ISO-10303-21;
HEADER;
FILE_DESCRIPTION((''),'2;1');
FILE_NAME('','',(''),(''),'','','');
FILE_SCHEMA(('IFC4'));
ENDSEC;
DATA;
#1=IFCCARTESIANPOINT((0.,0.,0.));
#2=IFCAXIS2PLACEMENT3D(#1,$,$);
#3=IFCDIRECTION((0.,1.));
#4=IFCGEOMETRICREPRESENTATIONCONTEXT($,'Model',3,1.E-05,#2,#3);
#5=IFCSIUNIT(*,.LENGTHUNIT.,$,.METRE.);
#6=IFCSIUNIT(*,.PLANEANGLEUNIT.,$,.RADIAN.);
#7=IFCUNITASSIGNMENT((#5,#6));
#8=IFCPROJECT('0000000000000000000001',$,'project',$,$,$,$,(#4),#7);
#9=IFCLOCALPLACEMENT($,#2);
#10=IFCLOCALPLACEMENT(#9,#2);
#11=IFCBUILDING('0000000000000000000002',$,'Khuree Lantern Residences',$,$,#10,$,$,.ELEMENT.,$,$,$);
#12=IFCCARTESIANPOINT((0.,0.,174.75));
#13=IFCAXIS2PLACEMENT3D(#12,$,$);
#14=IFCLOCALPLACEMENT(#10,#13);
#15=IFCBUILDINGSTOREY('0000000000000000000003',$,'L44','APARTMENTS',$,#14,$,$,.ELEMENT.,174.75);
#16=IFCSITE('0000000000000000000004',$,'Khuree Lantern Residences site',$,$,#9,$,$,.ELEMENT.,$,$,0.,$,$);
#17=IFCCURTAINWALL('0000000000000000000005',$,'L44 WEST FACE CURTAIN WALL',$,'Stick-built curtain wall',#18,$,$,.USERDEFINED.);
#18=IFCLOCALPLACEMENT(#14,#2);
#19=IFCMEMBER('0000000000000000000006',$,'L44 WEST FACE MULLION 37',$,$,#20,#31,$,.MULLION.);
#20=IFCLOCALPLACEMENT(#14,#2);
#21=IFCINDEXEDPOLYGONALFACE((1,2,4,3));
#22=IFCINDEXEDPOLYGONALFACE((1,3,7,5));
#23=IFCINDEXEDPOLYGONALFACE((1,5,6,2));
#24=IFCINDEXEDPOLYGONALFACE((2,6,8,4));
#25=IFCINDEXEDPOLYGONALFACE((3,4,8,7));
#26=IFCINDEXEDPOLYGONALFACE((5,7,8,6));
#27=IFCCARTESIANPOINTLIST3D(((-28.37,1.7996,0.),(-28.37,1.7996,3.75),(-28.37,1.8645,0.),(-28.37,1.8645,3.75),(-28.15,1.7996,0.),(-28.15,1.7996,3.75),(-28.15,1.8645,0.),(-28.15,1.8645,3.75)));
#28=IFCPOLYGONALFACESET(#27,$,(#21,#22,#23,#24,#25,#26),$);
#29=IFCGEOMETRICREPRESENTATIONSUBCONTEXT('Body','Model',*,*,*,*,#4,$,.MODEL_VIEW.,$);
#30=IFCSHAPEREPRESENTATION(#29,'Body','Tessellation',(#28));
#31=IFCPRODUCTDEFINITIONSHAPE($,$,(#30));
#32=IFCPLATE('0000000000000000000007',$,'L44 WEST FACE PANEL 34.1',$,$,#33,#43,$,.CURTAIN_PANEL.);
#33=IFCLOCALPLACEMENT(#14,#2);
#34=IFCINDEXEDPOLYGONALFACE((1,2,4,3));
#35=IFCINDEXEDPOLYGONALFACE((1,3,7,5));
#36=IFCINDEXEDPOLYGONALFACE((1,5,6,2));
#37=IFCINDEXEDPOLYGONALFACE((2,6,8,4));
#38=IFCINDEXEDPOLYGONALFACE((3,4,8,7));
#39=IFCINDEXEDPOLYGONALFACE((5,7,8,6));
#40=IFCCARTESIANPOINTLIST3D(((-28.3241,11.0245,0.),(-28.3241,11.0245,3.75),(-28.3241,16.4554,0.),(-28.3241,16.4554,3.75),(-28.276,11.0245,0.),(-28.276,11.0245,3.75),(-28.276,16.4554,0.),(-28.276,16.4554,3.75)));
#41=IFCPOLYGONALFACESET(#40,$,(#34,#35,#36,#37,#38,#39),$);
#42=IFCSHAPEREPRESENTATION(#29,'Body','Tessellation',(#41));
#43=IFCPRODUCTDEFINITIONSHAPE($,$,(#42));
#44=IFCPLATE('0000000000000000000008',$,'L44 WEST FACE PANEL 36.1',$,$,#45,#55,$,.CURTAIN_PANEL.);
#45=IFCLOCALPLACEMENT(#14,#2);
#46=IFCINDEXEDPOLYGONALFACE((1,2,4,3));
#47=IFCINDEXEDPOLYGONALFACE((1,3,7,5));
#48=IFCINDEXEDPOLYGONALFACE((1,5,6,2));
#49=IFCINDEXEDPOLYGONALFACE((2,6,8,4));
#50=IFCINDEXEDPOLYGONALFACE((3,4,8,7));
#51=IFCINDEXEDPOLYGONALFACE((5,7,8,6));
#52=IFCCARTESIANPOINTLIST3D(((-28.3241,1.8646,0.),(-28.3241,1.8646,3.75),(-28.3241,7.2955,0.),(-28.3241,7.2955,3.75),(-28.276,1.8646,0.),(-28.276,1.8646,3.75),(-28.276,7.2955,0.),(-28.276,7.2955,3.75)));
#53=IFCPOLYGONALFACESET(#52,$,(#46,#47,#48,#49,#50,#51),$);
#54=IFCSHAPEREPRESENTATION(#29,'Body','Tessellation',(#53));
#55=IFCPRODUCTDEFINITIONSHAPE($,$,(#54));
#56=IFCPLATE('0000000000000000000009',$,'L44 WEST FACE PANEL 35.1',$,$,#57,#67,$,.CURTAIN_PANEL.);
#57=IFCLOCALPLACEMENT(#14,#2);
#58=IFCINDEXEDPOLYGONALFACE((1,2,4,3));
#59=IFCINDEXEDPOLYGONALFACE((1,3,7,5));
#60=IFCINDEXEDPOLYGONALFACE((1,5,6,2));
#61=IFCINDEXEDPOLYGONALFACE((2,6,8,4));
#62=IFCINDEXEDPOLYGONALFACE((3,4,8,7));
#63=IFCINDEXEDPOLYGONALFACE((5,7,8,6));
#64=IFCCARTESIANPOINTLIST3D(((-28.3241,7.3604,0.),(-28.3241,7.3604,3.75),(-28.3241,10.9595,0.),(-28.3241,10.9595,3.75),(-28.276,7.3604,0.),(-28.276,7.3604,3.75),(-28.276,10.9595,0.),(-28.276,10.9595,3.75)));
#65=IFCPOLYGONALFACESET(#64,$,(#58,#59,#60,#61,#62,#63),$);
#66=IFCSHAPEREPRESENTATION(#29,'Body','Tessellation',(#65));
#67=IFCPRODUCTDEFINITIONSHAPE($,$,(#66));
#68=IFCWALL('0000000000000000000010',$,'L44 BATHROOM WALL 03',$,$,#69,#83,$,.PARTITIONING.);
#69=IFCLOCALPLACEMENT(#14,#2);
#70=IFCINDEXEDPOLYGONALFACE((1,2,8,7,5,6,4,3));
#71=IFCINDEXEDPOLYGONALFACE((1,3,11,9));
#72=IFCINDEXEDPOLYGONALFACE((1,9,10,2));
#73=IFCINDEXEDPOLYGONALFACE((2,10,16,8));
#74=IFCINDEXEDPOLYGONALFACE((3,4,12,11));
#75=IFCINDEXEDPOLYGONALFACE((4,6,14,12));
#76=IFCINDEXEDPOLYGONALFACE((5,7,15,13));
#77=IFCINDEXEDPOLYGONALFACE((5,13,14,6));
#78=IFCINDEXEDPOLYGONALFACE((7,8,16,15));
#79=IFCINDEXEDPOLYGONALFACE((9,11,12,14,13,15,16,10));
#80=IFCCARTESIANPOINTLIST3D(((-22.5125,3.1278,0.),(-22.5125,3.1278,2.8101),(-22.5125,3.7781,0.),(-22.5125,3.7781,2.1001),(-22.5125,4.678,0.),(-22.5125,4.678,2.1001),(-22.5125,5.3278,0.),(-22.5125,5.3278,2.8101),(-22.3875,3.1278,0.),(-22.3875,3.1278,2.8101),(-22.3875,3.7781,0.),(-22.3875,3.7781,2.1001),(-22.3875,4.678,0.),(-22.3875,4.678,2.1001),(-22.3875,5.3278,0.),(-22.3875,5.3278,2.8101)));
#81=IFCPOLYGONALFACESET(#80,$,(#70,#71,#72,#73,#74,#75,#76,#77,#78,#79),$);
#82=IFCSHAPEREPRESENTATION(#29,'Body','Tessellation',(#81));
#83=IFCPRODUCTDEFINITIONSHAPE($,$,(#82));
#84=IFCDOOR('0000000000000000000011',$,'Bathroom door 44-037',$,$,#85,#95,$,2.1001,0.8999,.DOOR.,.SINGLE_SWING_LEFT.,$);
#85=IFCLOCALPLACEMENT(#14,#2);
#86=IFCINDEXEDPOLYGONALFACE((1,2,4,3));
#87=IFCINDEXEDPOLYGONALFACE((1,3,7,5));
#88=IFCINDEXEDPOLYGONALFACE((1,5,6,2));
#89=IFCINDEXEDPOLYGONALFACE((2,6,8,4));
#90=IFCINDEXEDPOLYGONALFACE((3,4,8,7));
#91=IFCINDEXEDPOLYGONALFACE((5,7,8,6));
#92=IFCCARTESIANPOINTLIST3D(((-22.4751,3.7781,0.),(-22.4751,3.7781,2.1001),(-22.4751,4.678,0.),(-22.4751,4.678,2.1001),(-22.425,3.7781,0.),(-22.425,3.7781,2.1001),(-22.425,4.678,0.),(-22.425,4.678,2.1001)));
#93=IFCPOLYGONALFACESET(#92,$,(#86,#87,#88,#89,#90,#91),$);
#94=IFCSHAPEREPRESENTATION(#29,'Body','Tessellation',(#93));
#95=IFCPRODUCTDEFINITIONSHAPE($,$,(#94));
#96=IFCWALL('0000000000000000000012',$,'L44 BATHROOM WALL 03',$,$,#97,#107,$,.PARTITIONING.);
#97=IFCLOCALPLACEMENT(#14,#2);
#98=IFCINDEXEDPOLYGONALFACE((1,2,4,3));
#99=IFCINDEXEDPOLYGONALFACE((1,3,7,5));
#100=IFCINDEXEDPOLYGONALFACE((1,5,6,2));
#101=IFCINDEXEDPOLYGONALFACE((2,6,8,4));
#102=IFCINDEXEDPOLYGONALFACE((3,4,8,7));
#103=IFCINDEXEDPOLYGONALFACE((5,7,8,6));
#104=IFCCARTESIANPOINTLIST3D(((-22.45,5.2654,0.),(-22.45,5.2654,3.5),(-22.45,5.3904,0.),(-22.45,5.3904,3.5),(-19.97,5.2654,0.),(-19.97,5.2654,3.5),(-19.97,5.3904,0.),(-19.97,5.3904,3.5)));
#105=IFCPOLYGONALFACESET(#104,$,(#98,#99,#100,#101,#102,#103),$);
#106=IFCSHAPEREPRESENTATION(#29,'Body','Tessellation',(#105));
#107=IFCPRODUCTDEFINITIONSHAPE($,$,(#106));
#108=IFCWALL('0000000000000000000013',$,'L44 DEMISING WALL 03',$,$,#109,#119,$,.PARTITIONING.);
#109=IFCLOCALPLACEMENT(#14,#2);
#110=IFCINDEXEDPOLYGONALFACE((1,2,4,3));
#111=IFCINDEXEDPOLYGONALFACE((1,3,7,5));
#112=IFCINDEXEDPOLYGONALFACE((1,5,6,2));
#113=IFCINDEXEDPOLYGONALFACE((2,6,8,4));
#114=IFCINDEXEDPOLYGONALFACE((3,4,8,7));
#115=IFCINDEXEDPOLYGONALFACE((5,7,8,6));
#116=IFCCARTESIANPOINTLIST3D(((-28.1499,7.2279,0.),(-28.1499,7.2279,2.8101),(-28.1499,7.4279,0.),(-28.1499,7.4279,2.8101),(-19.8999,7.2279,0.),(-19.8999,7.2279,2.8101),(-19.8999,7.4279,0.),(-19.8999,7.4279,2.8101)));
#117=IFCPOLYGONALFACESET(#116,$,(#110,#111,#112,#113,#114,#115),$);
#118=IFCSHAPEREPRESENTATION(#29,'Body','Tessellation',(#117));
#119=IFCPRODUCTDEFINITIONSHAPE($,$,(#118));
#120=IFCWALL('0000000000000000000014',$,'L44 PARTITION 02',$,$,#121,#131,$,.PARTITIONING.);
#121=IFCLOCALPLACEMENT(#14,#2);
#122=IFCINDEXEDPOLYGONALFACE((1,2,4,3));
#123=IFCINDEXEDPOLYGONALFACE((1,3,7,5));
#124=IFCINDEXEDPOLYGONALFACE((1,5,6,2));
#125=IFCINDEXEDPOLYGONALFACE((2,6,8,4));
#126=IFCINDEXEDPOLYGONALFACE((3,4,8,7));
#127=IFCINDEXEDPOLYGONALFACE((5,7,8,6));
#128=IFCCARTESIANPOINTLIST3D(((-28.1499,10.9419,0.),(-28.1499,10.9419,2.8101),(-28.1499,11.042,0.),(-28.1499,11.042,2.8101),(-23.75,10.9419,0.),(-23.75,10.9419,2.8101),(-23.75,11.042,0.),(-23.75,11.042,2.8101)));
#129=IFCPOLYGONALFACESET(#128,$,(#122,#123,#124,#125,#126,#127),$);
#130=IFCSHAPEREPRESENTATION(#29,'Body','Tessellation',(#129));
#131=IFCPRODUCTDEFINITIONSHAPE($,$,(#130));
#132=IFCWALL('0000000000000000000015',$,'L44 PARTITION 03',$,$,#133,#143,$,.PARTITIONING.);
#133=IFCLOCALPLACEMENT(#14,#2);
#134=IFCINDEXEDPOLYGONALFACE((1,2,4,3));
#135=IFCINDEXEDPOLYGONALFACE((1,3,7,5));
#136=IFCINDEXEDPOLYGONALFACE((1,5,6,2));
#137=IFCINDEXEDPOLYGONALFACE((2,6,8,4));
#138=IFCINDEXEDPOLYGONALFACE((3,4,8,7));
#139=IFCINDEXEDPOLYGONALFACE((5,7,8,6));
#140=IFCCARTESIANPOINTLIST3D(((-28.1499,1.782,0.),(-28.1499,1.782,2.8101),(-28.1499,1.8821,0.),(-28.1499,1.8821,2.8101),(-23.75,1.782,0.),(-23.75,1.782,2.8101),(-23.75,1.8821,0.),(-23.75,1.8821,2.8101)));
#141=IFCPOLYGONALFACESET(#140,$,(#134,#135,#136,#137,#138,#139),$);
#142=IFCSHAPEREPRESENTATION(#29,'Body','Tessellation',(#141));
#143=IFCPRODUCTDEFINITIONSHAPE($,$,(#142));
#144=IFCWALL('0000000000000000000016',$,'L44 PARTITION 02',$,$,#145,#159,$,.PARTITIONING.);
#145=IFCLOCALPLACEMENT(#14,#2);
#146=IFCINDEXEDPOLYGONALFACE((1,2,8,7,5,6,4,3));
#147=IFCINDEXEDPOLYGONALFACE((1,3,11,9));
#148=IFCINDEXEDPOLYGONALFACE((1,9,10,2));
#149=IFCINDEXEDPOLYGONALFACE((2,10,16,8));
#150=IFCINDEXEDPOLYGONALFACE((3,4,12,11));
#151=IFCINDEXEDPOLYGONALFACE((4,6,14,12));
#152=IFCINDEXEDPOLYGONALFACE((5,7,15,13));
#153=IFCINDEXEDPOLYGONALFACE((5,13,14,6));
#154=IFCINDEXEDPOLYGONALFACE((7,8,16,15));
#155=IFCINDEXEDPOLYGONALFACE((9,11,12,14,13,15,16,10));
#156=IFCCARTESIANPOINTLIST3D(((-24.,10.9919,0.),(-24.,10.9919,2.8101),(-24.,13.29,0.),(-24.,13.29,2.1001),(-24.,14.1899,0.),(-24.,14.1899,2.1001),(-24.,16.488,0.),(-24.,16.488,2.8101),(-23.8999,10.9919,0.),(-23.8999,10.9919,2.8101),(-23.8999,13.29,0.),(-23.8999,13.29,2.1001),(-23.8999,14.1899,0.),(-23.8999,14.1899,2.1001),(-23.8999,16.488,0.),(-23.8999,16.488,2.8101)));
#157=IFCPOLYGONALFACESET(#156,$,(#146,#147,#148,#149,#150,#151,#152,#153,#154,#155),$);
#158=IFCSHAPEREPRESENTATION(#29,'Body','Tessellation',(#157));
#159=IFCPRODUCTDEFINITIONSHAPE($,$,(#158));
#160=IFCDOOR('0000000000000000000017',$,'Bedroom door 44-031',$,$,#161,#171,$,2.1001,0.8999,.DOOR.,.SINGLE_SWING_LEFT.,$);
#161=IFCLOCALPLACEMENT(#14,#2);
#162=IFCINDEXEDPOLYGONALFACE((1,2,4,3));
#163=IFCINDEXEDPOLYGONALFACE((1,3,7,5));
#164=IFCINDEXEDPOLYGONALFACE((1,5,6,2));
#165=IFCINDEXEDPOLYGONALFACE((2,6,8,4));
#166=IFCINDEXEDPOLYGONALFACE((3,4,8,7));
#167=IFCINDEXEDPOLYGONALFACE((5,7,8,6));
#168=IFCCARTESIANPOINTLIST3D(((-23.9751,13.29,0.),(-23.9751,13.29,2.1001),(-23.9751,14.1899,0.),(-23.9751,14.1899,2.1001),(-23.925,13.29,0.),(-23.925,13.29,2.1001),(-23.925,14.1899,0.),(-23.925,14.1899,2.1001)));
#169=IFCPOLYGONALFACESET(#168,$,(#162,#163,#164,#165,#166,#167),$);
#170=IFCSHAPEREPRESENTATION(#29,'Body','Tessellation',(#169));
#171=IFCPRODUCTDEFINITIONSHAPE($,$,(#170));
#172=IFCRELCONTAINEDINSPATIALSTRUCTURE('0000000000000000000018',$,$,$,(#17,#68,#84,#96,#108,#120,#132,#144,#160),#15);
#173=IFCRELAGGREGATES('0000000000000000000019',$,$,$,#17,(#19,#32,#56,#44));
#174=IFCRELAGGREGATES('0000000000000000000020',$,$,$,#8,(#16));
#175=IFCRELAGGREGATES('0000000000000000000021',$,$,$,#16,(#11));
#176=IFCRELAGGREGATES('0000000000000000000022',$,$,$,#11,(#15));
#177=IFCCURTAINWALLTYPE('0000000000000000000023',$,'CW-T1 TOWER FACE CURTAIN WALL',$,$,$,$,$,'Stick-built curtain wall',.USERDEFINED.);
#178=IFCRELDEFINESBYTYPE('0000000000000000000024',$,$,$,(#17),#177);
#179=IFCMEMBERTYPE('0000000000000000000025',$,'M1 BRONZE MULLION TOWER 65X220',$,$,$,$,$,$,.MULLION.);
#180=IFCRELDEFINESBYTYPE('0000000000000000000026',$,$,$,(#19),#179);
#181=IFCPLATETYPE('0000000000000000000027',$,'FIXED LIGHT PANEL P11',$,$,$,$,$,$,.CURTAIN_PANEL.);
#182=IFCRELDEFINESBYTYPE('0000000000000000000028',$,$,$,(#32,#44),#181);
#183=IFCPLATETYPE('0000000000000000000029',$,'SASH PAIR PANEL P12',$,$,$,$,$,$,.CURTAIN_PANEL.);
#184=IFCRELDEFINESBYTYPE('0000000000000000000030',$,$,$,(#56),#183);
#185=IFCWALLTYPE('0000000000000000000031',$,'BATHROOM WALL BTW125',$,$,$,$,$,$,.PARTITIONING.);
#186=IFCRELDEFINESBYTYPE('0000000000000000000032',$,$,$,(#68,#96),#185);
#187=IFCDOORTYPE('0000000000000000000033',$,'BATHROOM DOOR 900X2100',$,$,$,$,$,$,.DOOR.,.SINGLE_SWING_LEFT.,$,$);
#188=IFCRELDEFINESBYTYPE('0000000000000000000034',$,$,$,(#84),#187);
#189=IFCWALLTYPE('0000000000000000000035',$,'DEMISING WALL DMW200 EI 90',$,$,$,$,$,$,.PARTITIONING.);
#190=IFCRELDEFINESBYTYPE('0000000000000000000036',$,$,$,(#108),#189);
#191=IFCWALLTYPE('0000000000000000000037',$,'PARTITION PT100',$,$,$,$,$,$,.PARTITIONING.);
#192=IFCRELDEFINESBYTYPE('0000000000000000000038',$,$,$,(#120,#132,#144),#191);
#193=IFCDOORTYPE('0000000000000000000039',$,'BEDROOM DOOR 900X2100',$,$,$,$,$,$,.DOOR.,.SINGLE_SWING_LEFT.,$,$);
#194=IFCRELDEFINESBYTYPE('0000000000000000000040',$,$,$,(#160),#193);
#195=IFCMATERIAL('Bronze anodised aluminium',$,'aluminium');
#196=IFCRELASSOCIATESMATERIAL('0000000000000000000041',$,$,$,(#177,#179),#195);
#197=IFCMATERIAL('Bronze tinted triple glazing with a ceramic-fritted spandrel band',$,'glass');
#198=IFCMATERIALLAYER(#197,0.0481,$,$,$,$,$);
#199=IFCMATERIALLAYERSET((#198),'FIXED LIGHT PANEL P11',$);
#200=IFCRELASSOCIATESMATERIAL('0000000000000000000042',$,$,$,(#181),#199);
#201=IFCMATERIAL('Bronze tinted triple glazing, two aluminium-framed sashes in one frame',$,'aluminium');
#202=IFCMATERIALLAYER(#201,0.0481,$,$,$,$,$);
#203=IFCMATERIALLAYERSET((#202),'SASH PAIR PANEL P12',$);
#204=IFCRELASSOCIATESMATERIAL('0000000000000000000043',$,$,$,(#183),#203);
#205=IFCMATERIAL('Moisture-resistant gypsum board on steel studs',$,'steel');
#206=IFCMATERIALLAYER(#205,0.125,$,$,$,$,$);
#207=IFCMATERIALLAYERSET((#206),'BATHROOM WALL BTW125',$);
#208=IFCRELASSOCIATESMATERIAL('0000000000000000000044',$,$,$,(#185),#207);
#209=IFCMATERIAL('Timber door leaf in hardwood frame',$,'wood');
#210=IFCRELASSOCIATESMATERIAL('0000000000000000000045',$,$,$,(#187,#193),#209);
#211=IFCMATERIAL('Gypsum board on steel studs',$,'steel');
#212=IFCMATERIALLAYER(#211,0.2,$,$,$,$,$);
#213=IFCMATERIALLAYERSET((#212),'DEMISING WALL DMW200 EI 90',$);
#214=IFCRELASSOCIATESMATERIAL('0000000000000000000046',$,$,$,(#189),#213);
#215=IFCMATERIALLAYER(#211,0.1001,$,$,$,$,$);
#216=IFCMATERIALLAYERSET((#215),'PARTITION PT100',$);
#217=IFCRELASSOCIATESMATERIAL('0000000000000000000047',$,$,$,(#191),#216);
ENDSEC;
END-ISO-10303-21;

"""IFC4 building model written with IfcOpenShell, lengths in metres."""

from ifc_helpers import new_model, si_unit, direction, frame, frame_2d, origin, origin_2d, place, context, subcontext, project, spatial, rectangle, extrude, material, layer, layer_set, material_profile, profile_set, type_object, element, fill, aggregate, save


model = new_model("IFC4")

# Units and contexts
model_context = context("Model", 3, precision=1e-05, world=origin(), true_north=direction((0.0, 1.0)))
body_context = subcontext(model_context, "Body", "Model", "MODEL_VIEW")
ifc_project = project(units=[si_unit("LENGTHUNIT", "METRE"), si_unit("PLANEANGLEUNIT", "RADIAN")], contexts=[model_context])

# Site, building, storey
site_placement = place(None, origin())
site = spatial("IfcSite", under=ifc_project, at=site_placement, Name="Khuree Lantern Residences site", CompositionType="ELEMENT", RefElevation=0.0)
building_placement = place(site_placement, origin())
building = spatial("IfcBuilding", under=site, at=building_placement, Name="Khuree Lantern Residences", CompositionType="ELEMENT")
storey_placement = place(building_placement, frame((0.0, 0.0, 174.75)))
storey = spatial("IfcBuildingStorey", under=building, at=storey_placement, Name="L44", Description="APARTMENTS", CompositionType="ELEMENT", Elevation=174.75)

# Curtain wall
ifc_material_1 = material(Name="Bronze anodised aluminium", Category="aluminium")
curtain_wall_type = type_object("IfcCurtainWallType", Name="CW-T1 TOWER FACE CURTAIN WALL", ElementType="Stick-built curtain wall", PredefinedType="USERDEFINED", material=ifc_material_1)
curtain_wall_placement = place(storey_placement, origin())
curtain_wall = element("IfcCurtainWall", 1, at=curtain_wall_placement, inside=storey, type_object=curtain_wall_type, Name="L44 WEST FACE CURTAIN WALL", ObjectType="Stick-built curtain wall", PredefinedType="USERDEFINED")

# Member
ifc_material_profile_1 = material_profile(ifc_material_1, rectangle(XDim=0.0649, YDim=0.22, at=origin_2d()), Name="M1 65X220")
ifc_profile_set_1 = profile_set([ifc_material_profile_1], Name="Bronze anodised aluminium")
member_type_1 = type_object("IfcMemberType", Name="M1 BRONZE MULLION TOWER 65X220", PredefinedType="MULLION", material=ifc_profile_set_1)
member_1_placement = place(storey_placement, frame((-28.26, 1.832, 0.0), z_axis=(0.0, 0.0, 1.0), x_axis=(0.0, -1.0, 0.0)))
member_1 = element("IfcMember", 2, at=member_1_placement, type_object=member_type_1, Name="L44 WEST FACE MULLION 37", PredefinedType="MULLION", context=body_context, shape_type="SweptSolid", body=[
    extrude(rectangle(XDim=0.0649, YDim=0.22, at=origin_2d()), origin(), (0.0, 0.0, 1.0), 3.75),
])

# Plates
ifc_material_2 = material(Name="Bronze tinted triple glazing with a ceramic-fritted spandrel band", Category="glass")
ifc_layer_1 = layer(ifc_material_2, 0.0481)
ifc_layer_set_1 = layer_set([ifc_layer_1], Name="FIXED LIGHT PANEL P11")
plate_type_1 = type_object("IfcPlateType", Name="FIXED LIGHT PANEL P11", PredefinedType="CURTAIN_PANEL", material=ifc_layer_set_1)
plate_1_placement = place(storey_placement, frame((-28.3, 13.74, 0.0), z_axis=(0.0, 0.0, 1.0), x_axis=(0.0, -1.0, 0.0)))
plate_1 = element("IfcPlate", 3, at=plate_1_placement, type_object=plate_type_1, Name="L44 WEST FACE PANEL 34.1", PredefinedType="CURTAIN_PANEL", context=body_context, shape_type="SweptSolid", body=[
    extrude(rectangle(XDim=5.4309, YDim=0.0481, at=origin_2d()), origin(), (0.0, 0.0, 1.0), 3.75),
])
plate_2_placement = place(storey_placement, frame((-28.3, 4.5801, 0.0), z_axis=(0.0, 0.0, 1.0), x_axis=(0.0, -1.0, 0.0)))
plate_2 = element("IfcPlate", 4, at=plate_2_placement, type_object=plate_type_1, Name="L44 WEST FACE PANEL 36.1", PredefinedType="CURTAIN_PANEL", context=body_context, shape_type="SweptSolid", body=[
    extrude(rectangle(XDim=5.4309, YDim=0.0481, at=origin_2d()), origin(), (0.0, 0.0, 1.0), 3.75),
])
ifc_material_3 = material(Name="Bronze tinted triple glazing, two aluminium-framed sashes in one frame", Category="aluminium")
ifc_layer_2 = layer(ifc_material_3, 0.0481)
ifc_layer_set_2 = layer_set([ifc_layer_2], Name="SASH PAIR PANEL P12")
plate_type_2 = type_object("IfcPlateType", Name="SASH PAIR PANEL P12", PredefinedType="CURTAIN_PANEL", material=ifc_layer_set_2)
plate_3_placement = place(storey_placement, frame((-28.3, 9.1599, 0.0), z_axis=(0.0, 0.0, 1.0), x_axis=(0.0, -1.0, 0.0)))
plate_3 = element("IfcPlate", 5, at=plate_3_placement, type_object=plate_type_2, Name="L44 WEST FACE PANEL 35.1", PredefinedType="CURTAIN_PANEL", context=body_context, shape_type="SweptSolid", body=[
    extrude(rectangle(XDim=3.5991, YDim=0.0481, at=origin_2d()), origin(), (0.0, 0.0, 1.0), 3.75),
])
aggregate(curtain_wall, [member_1, plate_1, plate_3, plate_2])

# Wall, opening, door
ifc_material_4 = material(Name="Moisture-resistant gypsum board on steel studs", Category="steel")
ifc_layer_3 = layer(ifc_material_4, 0.125)
ifc_layer_set_3 = layer_set([ifc_layer_3], Name="BATHROOM WALL BTW125")
wall_type_1 = type_object("IfcWallType", Name="BATHROOM WALL BTW125", PredefinedType="PARTITIONING", material=ifc_layer_set_3)
wall_1_placement = place(storey_placement, frame((-22.45, 5.3279, 0.0), z_axis=(0.0, 0.0, 1.0), x_axis=(0.0, -1.0, 0.0)))
wall_1 = element("IfcWall", 6, at=wall_1_placement, inside=storey, type_object=wall_type_1, Name="L44 BATHROOM WALL 03", PredefinedType="PARTITIONING", context=body_context, shape_type="SweptSolid", body=[
    extrude(rectangle(XDim=2.2, YDim=0.125, at=frame_2d((1.1001, 0.0))), origin(), (0.0, 0.0, 1.0), 2.8101),
])
opening_1_placement = place(wall_1_placement, frame((0.6499, 0.0, 0.0)))
opening_1 = element("IfcOpeningElement", 7, at=opening_1_placement, cuts=wall_1, PredefinedType="OPENING", context=body_context, shape_type="SweptSolid", body=[
    extrude(rectangle(XDim=0.8999, YDim=2.1001, at=frame_2d((0.45, 1.05))), frame((0.0, 0.0725, 0.0), z_axis=(0.0, -1.0, 0.0), x_axis=(1.0, 0.0, 0.0)), (0.0, 0.0, 1.0), 0.145),
])
ifc_material_5 = material(Name="Timber door leaf in hardwood frame", Category="wood")
door_type_1 = type_object("IfcDoorType", Name="BATHROOM DOOR 900X2100", OperationType="SINGLE_SWING_LEFT", PredefinedType="DOOR", material=ifc_material_5)
door_1_placement = place(opening_1_placement, origin())
door_1 = element("IfcDoor", 8, at=door_1_placement, inside=storey, type_object=door_type_1, Name="Bathroom door 44-037", OperationType="SINGLE_SWING_LEFT", OverallHeight=2.1001, OverallWidth=0.8999, PredefinedType="DOOR", context=body_context, shape_type="SweptSolid", body=[
    extrude(rectangle(XDim=0.8999, YDim=2.1001, at=frame_2d((0.45, 1.05))), frame((0.0, 0.0249, 0.0), z_axis=(0.0, -1.0, 0.0), x_axis=(1.0, 0.0, 0.0)), (0.0, 0.0, 1.0), 0.05),
])
fill(opening_1, door_1)

# Walls
wall_2_placement = place(storey_placement, frame((-19.97, 5.3279, 0.0), z_axis=(0.0, 0.0, 1.0), x_axis=(-1.0, 0.0, 0.0)))
element("IfcWall", 9, at=wall_2_placement, inside=storey, type_object=wall_type_1, Name="L44 BATHROOM WALL 03", PredefinedType="PARTITIONING", context=body_context, shape_type="SweptSolid", body=[
    extrude(rectangle(XDim=2.48, YDim=0.125, at=frame_2d((1.24, 0.0))), origin(), (0.0, 0.0, 1.0), 3.5),
])
ifc_material_6 = material(Name="Gypsum board on steel studs", Category="steel")
ifc_layer_4 = layer(ifc_material_6, 0.2)
ifc_layer_set_4 = layer_set([ifc_layer_4], Name="DEMISING WALL DMW200 EI 90")
wall_type_2 = type_object("IfcWallType", Name="DEMISING WALL DMW200 EI 90", PredefinedType="PARTITIONING", material=ifc_layer_set_4)
wall_3_placement = place(storey_placement, frame((-19.8999, 7.3279, 0.0), z_axis=(0.0, 0.0, 1.0), x_axis=(-1.0, 0.0, 0.0)))
element("IfcWall", 10, at=wall_3_placement, inside=storey, type_object=wall_type_2, Name="L44 DEMISING WALL 03", PredefinedType="PARTITIONING", context=body_context, shape_type="SweptSolid", body=[
    extrude(rectangle(XDim=8.25, YDim=0.2, at=frame_2d((4.125, 0.0))), origin(), (0.0, 0.0, 1.0), 2.8101),
])
ifc_layer_5 = layer(ifc_material_6, 0.1001)
ifc_layer_set_5 = layer_set([ifc_layer_5], Name="PARTITION PT100")
wall_type_3 = type_object("IfcWallType", Name="PARTITION PT100", PredefinedType="PARTITIONING", material=ifc_layer_set_5)
for number, where, z_axis, x_axis, name in (
    (11, (-23.75, 10.9919, 0.0), (0.0, 0.0, 1.0), (-1.0, 0.0, 0.0), "L44 PARTITION 02"),
    (12, (-23.75, 1.832, 0.0), (0.0, 0.0, 1.0), (-1.0, 0.0, 0.0), "L44 PARTITION 03"),
):
    element("IfcWall", number, at=place(storey_placement, frame(where, z_axis=z_axis, x_axis=x_axis)), inside=storey, type_object=wall_type_3, Name=name, PredefinedType="PARTITIONING", context=body_context, shape_type="SweptSolid", body=[
        extrude(rectangle(XDim=4.3999, YDim=0.1001, at=frame_2d((2.2, 0.0))), origin(), (0.0, 0.0, 1.0), 2.8101),
    ])

# Wall, opening, door
wall_4_placement = place(storey_placement, frame((-23.95, 16.488, 0.0), z_axis=(0.0, 0.0, 1.0), x_axis=(0.0, -1.0, 0.0)))
wall_4 = element("IfcWall", 13, at=wall_4_placement, inside=storey, type_object=wall_type_3, Name="L44 PARTITION 02", PredefinedType="PARTITIONING", context=body_context, shape_type="SweptSolid", body=[
    extrude(rectangle(XDim=5.4961, YDim=0.1001, at=frame_2d((2.748, 0.0))), origin(), (0.0, 0.0, 1.0), 2.8101),
])
opening_2_placement = place(wall_4_placement, frame((2.2981, 0.0, 0.0)))
opening_2 = element("IfcOpeningElement", 14, at=opening_2_placement, cuts=wall_4, PredefinedType="OPENING", context=body_context, shape_type="SweptSolid", body=[
    extrude(rectangle(XDim=0.8999, YDim=2.1001, at=frame_2d((0.45, 1.05))), frame((0.0, 0.0601, 0.0), z_axis=(0.0, -1.0, 0.0), x_axis=(1.0, 0.0, 0.0)), (0.0, 0.0, 1.0), 0.1201),
])
door_type_2 = type_object("IfcDoorType", Name="BEDROOM DOOR 900X2100", OperationType="SINGLE_SWING_LEFT", PredefinedType="DOOR", material=ifc_material_5)
door_2_placement = place(opening_2_placement, origin())
door_2 = element("IfcDoor", 15, at=door_2_placement, inside=storey, type_object=door_type_2, Name="Bedroom door 44-031", OperationType="SINGLE_SWING_LEFT", OverallHeight=2.1001, OverallWidth=0.8999, PredefinedType="DOOR", context=body_context, shape_type="SweptSolid", body=[
    extrude(rectangle(XDim=0.8999, YDim=2.1001, at=frame_2d((0.45, 1.05))), frame((0.0, 0.0249, 0.0), z_axis=(0.0, -1.0, 0.0), x_axis=(1.0, 0.0, 0.0)), (0.0, 0.0, 1.0), 0.05),
])
fill(opening_2, door_2)

save(model, "model.ifc")
